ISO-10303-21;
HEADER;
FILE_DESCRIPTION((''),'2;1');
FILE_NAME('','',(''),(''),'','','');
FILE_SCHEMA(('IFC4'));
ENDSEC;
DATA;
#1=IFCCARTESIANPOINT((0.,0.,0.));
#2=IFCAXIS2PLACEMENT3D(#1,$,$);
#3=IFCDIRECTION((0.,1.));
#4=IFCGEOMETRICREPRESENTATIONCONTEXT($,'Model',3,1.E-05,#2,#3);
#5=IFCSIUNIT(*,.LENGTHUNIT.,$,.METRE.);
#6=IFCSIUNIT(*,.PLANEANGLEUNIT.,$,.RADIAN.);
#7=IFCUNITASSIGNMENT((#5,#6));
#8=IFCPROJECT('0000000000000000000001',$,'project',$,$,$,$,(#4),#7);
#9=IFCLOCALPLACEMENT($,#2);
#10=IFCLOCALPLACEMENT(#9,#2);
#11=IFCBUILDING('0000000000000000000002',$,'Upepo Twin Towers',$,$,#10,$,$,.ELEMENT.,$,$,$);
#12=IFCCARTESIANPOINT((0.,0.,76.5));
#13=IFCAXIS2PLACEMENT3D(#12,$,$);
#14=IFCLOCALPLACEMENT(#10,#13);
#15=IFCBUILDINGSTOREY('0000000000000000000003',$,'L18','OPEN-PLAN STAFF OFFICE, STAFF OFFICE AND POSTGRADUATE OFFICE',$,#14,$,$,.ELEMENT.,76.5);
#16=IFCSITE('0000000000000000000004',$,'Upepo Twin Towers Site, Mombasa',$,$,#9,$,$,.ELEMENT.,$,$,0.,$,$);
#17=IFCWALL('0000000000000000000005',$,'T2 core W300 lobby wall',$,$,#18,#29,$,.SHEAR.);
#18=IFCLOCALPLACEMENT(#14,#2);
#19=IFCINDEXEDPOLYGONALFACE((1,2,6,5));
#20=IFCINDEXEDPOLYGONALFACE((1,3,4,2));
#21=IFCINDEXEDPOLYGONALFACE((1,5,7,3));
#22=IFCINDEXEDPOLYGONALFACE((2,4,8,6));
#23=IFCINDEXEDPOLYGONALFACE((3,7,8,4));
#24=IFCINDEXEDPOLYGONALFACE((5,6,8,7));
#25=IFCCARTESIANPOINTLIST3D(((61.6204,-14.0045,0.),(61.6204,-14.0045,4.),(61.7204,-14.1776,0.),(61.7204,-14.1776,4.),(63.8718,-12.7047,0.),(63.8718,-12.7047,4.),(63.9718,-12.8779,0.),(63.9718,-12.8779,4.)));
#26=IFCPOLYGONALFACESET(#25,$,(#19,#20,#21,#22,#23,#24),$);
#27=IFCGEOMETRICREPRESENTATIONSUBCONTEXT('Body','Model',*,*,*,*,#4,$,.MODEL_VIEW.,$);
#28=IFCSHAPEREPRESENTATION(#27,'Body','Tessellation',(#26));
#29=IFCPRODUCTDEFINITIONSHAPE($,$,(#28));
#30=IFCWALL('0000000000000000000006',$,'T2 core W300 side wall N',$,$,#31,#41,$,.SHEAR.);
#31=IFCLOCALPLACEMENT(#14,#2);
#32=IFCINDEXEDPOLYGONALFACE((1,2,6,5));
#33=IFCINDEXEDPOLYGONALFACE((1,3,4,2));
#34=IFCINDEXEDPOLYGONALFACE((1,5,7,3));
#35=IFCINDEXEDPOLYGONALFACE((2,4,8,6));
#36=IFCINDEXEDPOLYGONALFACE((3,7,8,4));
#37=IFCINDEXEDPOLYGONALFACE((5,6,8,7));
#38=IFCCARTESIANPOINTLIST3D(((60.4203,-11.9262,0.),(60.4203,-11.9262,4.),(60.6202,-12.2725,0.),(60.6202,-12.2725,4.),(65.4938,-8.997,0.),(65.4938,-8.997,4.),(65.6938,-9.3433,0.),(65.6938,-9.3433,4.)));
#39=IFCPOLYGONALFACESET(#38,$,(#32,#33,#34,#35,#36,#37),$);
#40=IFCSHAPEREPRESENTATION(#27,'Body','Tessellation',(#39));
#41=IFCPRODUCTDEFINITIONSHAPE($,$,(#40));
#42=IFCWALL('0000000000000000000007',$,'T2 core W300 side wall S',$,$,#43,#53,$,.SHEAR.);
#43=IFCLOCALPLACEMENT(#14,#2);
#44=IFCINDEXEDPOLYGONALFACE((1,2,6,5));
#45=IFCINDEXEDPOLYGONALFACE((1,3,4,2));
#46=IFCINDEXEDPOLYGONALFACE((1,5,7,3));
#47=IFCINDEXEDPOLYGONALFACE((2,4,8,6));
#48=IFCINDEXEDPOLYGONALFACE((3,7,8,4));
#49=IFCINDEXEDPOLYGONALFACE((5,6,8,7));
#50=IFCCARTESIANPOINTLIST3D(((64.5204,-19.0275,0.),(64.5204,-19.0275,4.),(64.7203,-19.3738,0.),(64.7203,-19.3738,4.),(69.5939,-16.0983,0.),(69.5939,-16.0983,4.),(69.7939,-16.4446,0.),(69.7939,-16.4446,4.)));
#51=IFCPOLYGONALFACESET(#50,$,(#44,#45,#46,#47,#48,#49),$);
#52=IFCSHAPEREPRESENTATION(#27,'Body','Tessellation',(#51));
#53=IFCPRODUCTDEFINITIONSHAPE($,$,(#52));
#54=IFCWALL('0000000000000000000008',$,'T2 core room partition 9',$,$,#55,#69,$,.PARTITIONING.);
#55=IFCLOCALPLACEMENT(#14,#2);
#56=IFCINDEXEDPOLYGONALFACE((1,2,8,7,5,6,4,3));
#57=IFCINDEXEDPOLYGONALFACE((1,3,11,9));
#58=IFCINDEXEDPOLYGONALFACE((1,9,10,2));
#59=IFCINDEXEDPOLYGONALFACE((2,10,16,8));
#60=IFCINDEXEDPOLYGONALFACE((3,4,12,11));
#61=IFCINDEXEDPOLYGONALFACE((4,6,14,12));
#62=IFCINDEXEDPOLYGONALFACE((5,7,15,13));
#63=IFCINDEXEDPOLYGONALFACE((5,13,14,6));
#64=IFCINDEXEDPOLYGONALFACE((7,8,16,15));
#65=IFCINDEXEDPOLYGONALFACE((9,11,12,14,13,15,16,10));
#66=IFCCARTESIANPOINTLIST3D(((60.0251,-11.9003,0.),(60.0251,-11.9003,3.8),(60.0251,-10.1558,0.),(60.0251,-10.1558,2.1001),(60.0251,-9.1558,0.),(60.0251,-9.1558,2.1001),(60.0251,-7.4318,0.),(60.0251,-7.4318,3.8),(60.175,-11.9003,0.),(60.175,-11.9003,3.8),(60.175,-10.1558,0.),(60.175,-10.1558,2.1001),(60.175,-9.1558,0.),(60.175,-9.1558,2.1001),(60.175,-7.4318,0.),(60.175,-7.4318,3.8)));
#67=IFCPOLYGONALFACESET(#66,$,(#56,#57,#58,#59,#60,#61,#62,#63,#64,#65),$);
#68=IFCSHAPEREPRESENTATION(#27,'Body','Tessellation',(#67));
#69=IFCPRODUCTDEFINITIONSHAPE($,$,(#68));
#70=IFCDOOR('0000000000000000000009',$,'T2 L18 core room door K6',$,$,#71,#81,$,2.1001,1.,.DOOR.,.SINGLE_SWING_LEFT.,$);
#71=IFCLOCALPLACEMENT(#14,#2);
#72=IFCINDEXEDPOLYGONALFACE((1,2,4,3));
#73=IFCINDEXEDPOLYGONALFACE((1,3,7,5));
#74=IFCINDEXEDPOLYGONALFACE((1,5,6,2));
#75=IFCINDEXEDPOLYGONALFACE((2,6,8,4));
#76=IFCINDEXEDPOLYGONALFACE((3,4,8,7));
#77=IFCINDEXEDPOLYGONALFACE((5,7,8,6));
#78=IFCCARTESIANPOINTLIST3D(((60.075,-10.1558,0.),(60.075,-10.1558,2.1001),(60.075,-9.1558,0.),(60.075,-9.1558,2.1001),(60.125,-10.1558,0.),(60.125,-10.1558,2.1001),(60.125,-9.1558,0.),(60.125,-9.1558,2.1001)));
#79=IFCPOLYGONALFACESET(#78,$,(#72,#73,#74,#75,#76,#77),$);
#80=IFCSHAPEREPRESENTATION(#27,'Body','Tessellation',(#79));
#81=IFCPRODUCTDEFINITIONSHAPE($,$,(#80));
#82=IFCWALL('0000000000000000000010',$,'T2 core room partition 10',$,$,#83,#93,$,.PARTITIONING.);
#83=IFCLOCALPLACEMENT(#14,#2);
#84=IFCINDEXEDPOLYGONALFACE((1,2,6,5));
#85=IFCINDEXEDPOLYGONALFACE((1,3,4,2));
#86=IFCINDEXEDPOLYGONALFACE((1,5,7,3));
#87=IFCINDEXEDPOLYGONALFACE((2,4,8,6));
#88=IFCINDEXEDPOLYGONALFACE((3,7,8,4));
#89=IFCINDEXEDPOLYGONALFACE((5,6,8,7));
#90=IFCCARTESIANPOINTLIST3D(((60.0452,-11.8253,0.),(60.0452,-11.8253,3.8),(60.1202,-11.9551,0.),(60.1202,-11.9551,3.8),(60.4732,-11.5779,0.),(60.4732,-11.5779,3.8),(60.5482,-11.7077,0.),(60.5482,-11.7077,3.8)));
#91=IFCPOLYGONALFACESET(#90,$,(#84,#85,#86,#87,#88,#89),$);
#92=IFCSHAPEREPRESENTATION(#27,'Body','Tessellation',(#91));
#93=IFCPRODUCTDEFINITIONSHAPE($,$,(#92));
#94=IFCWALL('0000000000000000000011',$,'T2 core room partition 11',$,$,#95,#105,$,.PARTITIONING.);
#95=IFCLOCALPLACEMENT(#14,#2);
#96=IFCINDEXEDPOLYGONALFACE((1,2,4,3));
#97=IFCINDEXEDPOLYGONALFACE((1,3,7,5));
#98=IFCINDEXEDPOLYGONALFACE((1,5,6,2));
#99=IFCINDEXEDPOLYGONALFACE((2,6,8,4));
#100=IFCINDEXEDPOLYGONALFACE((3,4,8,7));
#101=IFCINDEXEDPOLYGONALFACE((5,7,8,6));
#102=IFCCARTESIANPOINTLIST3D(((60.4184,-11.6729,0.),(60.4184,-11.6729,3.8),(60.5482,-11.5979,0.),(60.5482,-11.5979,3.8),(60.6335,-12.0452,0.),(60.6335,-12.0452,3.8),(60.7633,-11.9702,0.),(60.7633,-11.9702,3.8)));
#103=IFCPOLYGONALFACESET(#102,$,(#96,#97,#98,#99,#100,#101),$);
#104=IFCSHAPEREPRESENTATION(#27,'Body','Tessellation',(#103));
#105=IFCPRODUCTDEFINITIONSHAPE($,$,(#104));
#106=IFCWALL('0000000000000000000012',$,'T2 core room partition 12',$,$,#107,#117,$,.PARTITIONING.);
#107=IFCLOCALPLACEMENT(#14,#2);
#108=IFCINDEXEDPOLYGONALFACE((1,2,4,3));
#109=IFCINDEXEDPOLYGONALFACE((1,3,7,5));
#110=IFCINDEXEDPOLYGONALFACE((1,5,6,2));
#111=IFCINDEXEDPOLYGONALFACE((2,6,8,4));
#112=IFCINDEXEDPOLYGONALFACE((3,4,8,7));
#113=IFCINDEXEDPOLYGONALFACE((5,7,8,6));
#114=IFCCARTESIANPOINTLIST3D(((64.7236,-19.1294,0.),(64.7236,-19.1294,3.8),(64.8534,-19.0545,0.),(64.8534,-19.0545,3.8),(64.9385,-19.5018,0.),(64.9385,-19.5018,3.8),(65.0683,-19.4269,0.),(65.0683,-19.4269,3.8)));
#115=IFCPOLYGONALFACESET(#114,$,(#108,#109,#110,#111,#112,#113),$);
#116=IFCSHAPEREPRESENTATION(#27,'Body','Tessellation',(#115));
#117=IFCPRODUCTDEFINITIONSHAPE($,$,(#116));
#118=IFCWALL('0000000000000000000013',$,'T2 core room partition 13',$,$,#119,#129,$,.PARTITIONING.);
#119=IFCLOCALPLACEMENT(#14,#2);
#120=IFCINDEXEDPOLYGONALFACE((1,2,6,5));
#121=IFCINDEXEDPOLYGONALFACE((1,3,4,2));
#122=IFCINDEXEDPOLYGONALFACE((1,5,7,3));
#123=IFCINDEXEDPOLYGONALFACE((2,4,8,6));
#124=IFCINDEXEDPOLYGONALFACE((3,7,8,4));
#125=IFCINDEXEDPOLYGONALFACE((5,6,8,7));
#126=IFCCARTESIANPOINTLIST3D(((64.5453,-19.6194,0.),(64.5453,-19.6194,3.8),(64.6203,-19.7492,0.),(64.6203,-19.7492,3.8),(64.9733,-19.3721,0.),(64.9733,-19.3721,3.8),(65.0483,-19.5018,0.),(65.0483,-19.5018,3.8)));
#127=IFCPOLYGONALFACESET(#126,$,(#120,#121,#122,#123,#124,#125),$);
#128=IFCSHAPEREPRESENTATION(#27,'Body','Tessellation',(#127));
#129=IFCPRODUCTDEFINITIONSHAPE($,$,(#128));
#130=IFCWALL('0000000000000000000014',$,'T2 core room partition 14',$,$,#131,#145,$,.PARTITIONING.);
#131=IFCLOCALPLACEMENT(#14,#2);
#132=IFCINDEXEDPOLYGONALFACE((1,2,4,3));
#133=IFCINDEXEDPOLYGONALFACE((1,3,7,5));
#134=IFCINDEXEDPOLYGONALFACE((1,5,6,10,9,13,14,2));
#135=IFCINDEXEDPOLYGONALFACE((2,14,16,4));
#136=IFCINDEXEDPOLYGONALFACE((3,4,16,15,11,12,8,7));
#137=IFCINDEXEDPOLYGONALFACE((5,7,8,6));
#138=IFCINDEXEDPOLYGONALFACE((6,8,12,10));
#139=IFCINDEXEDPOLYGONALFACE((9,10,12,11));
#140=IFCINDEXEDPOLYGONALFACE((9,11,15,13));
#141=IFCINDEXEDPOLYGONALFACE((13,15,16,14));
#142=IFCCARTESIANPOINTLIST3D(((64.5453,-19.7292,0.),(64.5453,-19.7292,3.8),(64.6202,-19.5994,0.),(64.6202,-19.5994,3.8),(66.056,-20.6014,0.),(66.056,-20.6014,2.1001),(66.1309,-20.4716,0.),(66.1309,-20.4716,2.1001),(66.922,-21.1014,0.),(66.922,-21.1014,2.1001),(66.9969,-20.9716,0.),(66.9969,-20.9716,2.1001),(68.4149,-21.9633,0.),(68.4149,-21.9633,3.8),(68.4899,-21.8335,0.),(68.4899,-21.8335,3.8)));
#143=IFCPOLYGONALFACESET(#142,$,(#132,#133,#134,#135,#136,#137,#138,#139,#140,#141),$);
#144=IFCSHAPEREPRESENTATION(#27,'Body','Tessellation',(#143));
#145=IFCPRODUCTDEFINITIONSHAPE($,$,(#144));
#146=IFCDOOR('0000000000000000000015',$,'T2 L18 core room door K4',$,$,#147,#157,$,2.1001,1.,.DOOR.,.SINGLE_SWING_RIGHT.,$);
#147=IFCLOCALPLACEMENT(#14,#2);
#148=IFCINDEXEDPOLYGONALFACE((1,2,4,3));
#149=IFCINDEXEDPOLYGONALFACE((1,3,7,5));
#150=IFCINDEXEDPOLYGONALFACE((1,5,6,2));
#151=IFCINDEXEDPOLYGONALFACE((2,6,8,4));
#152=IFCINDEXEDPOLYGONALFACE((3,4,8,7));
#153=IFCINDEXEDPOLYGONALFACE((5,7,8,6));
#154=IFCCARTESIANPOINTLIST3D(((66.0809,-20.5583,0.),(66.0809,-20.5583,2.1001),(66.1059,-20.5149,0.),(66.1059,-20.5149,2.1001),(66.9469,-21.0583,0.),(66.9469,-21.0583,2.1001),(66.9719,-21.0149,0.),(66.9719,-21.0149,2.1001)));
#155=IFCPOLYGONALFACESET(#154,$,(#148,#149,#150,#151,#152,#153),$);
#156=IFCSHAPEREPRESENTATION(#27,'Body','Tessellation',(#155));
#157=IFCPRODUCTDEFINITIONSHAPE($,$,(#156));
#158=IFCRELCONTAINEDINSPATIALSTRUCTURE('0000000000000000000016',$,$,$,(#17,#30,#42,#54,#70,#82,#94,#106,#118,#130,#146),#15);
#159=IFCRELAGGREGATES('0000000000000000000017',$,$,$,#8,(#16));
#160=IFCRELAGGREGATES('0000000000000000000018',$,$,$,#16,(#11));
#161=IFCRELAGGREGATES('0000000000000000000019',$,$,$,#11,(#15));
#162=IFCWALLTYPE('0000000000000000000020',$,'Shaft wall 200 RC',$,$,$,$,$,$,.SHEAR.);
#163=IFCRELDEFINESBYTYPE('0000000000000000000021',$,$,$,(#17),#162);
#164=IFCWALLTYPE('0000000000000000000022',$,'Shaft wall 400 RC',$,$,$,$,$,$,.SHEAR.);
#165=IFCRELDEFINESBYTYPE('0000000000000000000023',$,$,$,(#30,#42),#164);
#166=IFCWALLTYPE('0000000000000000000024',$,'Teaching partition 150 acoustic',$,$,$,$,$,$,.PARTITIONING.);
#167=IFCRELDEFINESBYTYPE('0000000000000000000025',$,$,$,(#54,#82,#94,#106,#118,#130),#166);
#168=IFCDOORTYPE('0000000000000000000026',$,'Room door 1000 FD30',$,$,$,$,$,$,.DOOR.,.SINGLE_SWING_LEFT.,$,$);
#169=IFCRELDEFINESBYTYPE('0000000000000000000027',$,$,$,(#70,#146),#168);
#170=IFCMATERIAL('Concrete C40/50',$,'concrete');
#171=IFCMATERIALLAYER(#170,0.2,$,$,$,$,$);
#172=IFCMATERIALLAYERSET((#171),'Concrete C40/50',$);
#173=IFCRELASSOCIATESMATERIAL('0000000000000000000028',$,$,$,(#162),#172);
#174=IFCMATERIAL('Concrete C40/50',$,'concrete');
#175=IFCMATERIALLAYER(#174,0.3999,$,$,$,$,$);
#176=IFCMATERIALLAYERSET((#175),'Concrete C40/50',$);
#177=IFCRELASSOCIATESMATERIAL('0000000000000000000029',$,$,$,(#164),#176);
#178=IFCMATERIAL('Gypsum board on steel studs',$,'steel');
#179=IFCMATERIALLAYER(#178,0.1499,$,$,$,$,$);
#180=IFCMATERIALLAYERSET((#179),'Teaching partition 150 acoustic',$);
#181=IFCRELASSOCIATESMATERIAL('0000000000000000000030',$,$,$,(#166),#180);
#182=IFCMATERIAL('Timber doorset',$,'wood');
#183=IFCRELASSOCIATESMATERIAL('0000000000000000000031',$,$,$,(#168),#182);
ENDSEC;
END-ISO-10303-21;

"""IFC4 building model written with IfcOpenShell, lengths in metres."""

from ifc_helpers import new_model, si_unit, direction, frame, frame_2d, origin, place, context, subcontext, project, spatial, rectangle, extrude, material, layer, layer_set, type_object, element, fill, save


model = new_model("IFC4")

# Units and contexts
model_context = context("Model", 3, precision=1e-05, world=origin(), true_north=direction((0.0, 1.0)))
body_context = subcontext(model_context, "Body", "Model", "MODEL_VIEW")
ifc_project = project(units=[si_unit("LENGTHUNIT", "METRE"), si_unit("PLANEANGLEUNIT", "RADIAN")], contexts=[model_context])

# Site, building, storey
site_placement = place(None, origin())
site = spatial("IfcSite", under=ifc_project, at=site_placement, Name="Upepo Twin Towers Site, Mombasa", CompositionType="ELEMENT", RefElevation=0.0)
building_placement = place(site_placement, origin())
building = spatial("IfcBuilding", under=site, at=building_placement, Name="Upepo Twin Towers", CompositionType="ELEMENT")
storey_placement = place(building_placement, frame((0.0, 0.0, 76.5)))
storey = spatial("IfcBuildingStorey", under=building, at=storey_placement, Name="L18", Description="OPEN-PLAN STAFF OFFICE, STAFF OFFICE AND POSTGRADUATE OFFICE", CompositionType="ELEMENT", Elevation=76.5)

# Shared definitions
ifc_material_1 = material(Name="Concrete C40/50", Category="concrete")
ifc_layer_1 = layer(ifc_material_1, 0.2)
ifc_layer_set_1 = layer_set([ifc_layer_1], Name="Concrete C40/50")
wall_type_1 = type_object("IfcWallType", Name="Shaft wall 200 RC", PredefinedType="SHEAR", material=ifc_layer_set_1)

# Walls
wall_1_placement = place(storey_placement, frame((61.6704, -14.0911, 0.0), z_axis=(0.0, 0.0, 1.0), x_axis=(0.866039, 0.499977, 0.0)))
element("IfcWall", 1, at=wall_1_placement, inside=storey, type_object=wall_type_1, Name="T2 core W300 lobby wall", PredefinedType="SHEAR", context=body_context, shape_type="SweptSolid", body=[
    extrude(rectangle(XDim=2.5996, YDim=0.2, at=frame_2d((1.2998, 0.0))), origin(), (0.0, 0.0, 1.0), 4.0),
])
ifc_material_2 = material(Name="Concrete C40/50", Category="concrete")
ifc_layer_2 = layer(ifc_material_2, 0.3999)
ifc_layer_set_2 = layer_set([ifc_layer_2], Name="Concrete C40/50")
wall_type_2 = type_object("IfcWallType", Name="Shaft wall 400 RC", PredefinedType="SHEAR", material=ifc_layer_set_2)
for number, where, z_axis, x_axis, name in (
    (2, (60.5203, -12.0994, 0.0), (0.0, 0.0, 1.0), (0.866024, 0.500003, 0.0), "T2 core W300 side wall N"),
    (3, (64.6204, -19.2007, 0.0), (0.0, 0.0, 1.0), (0.866024, 0.500003, 0.0), "T2 core W300 side wall S"),
):
    element("IfcWall", number, at=place(storey_placement, frame(where, z_axis=z_axis, x_axis=x_axis)), inside=storey, type_object=wall_type_2, Name=name, PredefinedType="SHEAR", context=body_context, shape_type="SweptSolid", body=[
        extrude(rectangle(XDim=5.8584, YDim=0.3999, at=frame_2d((2.9292, 0.0))), origin(), (0.0, 0.0, 1.0), 4.0),
    ])

# Wall, opening, door
ifc_material_3 = material(Name="Gypsum board on steel studs", Category="steel")
ifc_layer_3 = layer(ifc_material_3, 0.1499)
ifc_layer_set_3 = layer_set([ifc_layer_3], Name="Teaching partition 150 acoustic")
wall_type_3 = type_object("IfcWallType", Name="Teaching partition 150 acoustic", PredefinedType="PARTITIONING", material=ifc_layer_set_3)
wall_2_placement = place(storey_placement, frame((60.1001, -7.4316, 0.0), z_axis=(0.0, 0.0, 1.0), x_axis=(0.0, -1.0, 0.0)))
wall_2 = element("IfcWall", 4, at=wall_2_placement, inside=storey, type_object=wall_type_3, Name="T2 core room partition 9", PredefinedType="PARTITIONING", context=body_context, shape_type="SweptSolid", body=[
    extrude(rectangle(XDim=4.4685, YDim=0.1499, at=frame_2d((2.2344, 0.0))), origin(), (0.0, 0.0, 1.0), 3.8),
])
opening_1_placement = place(wall_2_placement, frame((1.7241, 0.0, 0.0)))
opening_1 = element("IfcOpeningElement", 5, at=opening_1_placement, cuts=wall_2, PredefinedType="OPENING", context=body_context, shape_type="SweptSolid", body=[
    extrude(rectangle(XDim=1.0, YDim=2.1001, at=frame_2d((0.5, 1.05))), frame((0.0, 0.085, 0.0), z_axis=(0.0, -1.0, 0.0), x_axis=(1.0, 0.0, 0.0)), (0.0, 0.0, 1.0), 0.1699),
])
ifc_material_4 = material(Name="Timber doorset", Category="wood")
door_type_1 = type_object("IfcDoorType", Name="Room door 1000 FD30", OperationType="SINGLE_SWING_LEFT", PredefinedType="DOOR", material=ifc_material_4)
door_1_placement = place(opening_1_placement, origin())
door_1 = element("IfcDoor", 6, at=door_1_placement, inside=storey, type_object=door_type_1, Name="T2 L18 core room door K6", OperationType="SINGLE_SWING_LEFT", OverallHeight=2.1001, OverallWidth=1.0, PredefinedType="DOOR", context=body_context, shape_type="SweptSolid", body=[
    extrude(rectangle(XDim=1.0, YDim=2.1001, at=frame_2d((0.5, 1.05))), frame((0.0, 0.0249, 0.0), z_axis=(0.0, -1.0, 0.0), x_axis=(1.0, 0.0, 0.0)), (0.0, 0.0, 1.0), 0.05),
])
fill(opening_1, door_1)

# Walls
wall_3_placement = place(storey_placement, frame((60.0828, -11.8901, 0.0), z_axis=(0.0, 0.0, 1.0), x_axis=(0.865832, 0.500335, 0.0)))
element("IfcWall", 7, at=wall_3_placement, inside=storey, type_object=wall_type_3, Name="T2 core room partition 10", PredefinedType="PARTITIONING", context=body_context, shape_type="SweptSolid", body=[
    extrude(rectangle(XDim=0.4944, YDim=0.1499, at=frame_2d((0.2471, 0.0))), origin(), (0.0, 0.0, 1.0), 3.8),
])
for number, where, z_axis, x_axis, name in (
    (8, (60.4834, -11.6355, 0.0), (0.0, 0.0, 1.0), (0.50023, -0.865892, 0.0), "T2 core room partition 11"),
    (9, (64.7886, -19.092, 0.0), (0.0, 0.0, 1.0), (0.499804, -0.866138, 0.0), "T2 core room partition 12"),
):
    element("IfcWall", number, at=place(storey_placement, frame(where, z_axis=z_axis, x_axis=x_axis)), inside=storey, type_object=wall_type_3, Name=name, PredefinedType="PARTITIONING", context=body_context, shape_type="SweptSolid", body=[
        extrude(rectangle(XDim=0.4299, YDim=0.1499, at=frame_2d((0.2148, 0.0))), origin(), (0.0, 0.0, 1.0), 3.8),
    ])
wall_4_placement = place(storey_placement, frame((65.0107, -19.437, 0.0), z_axis=(0.0, 0.0, 1.0), x_axis=(-0.865832, -0.500335, 0.0)))
element("IfcWall", 10, at=wall_4_placement, inside=storey, type_object=wall_type_3, Name="T2 core room partition 13", PredefinedType="PARTITIONING", context=body_context, shape_type="SweptSolid", body=[
    extrude(rectangle(XDim=0.4944, YDim=0.1499, at=frame_2d((0.2471, 0.0))), origin(), (0.0, 0.0, 1.0), 3.8),
])

# Wall, opening, door
wall_5_placement = place(storey_placement, frame((64.5828, -19.6643, 0.0), z_axis=(0.0, 0.0, 1.0), x_axis=(0.866025, -0.5, 0.0)))
wall_5 = element("IfcWall", 11, at=wall_5_placement, inside=storey, type_object=wall_type_3, Name="T2 core room partition 14", PredefinedType="PARTITIONING", context=body_context, shape_type="SweptSolid", body=[
    extrude(rectangle(XDim=4.4683, YDim=0.1499, at=frame_2d((2.2341, 0.0))), origin(), (0.0, 0.0, 1.0), 3.8),
])
opening_2_placement = place(wall_5_placement, frame((1.7444, 0.0, 0.0)))
opening_2 = element("IfcOpeningElement", 12, at=opening_2_placement, cuts=wall_5, PredefinedType="OPENING", context=body_context, shape_type="SweptSolid", body=[
    extrude(rectangle(XDim=1.0, YDim=2.1001, at=frame_2d((0.5, 1.05))), frame((0.0, 0.085, 0.0), z_axis=(0.0, -1.0, 0.0), x_axis=(1.0, 0.0, 0.0)), (0.0, 0.0, 1.0), 0.1699),
])
door_2_placement = place(opening_2_placement, origin())
door_2 = element("IfcDoor", 13, at=door_2_placement, inside=storey, type_object=door_type_1, Name="T2 L18 core room door K4", OperationType="SINGLE_SWING_RIGHT", OverallHeight=2.1001, OverallWidth=1.0, PredefinedType="DOOR", context=body_context, shape_type="SweptSolid", body=[
    extrude(rectangle(XDim=1.0, YDim=2.1001, at=frame_2d((0.5, 1.05))), frame((0.0, 0.0249, 0.0), z_axis=(0.0, -1.0, 0.0), x_axis=(1.0, 0.0, 0.0)), (0.0, 0.0, 1.0), 0.05),
])
fill(opening_2, door_2)

save(model, "model.ifc")
